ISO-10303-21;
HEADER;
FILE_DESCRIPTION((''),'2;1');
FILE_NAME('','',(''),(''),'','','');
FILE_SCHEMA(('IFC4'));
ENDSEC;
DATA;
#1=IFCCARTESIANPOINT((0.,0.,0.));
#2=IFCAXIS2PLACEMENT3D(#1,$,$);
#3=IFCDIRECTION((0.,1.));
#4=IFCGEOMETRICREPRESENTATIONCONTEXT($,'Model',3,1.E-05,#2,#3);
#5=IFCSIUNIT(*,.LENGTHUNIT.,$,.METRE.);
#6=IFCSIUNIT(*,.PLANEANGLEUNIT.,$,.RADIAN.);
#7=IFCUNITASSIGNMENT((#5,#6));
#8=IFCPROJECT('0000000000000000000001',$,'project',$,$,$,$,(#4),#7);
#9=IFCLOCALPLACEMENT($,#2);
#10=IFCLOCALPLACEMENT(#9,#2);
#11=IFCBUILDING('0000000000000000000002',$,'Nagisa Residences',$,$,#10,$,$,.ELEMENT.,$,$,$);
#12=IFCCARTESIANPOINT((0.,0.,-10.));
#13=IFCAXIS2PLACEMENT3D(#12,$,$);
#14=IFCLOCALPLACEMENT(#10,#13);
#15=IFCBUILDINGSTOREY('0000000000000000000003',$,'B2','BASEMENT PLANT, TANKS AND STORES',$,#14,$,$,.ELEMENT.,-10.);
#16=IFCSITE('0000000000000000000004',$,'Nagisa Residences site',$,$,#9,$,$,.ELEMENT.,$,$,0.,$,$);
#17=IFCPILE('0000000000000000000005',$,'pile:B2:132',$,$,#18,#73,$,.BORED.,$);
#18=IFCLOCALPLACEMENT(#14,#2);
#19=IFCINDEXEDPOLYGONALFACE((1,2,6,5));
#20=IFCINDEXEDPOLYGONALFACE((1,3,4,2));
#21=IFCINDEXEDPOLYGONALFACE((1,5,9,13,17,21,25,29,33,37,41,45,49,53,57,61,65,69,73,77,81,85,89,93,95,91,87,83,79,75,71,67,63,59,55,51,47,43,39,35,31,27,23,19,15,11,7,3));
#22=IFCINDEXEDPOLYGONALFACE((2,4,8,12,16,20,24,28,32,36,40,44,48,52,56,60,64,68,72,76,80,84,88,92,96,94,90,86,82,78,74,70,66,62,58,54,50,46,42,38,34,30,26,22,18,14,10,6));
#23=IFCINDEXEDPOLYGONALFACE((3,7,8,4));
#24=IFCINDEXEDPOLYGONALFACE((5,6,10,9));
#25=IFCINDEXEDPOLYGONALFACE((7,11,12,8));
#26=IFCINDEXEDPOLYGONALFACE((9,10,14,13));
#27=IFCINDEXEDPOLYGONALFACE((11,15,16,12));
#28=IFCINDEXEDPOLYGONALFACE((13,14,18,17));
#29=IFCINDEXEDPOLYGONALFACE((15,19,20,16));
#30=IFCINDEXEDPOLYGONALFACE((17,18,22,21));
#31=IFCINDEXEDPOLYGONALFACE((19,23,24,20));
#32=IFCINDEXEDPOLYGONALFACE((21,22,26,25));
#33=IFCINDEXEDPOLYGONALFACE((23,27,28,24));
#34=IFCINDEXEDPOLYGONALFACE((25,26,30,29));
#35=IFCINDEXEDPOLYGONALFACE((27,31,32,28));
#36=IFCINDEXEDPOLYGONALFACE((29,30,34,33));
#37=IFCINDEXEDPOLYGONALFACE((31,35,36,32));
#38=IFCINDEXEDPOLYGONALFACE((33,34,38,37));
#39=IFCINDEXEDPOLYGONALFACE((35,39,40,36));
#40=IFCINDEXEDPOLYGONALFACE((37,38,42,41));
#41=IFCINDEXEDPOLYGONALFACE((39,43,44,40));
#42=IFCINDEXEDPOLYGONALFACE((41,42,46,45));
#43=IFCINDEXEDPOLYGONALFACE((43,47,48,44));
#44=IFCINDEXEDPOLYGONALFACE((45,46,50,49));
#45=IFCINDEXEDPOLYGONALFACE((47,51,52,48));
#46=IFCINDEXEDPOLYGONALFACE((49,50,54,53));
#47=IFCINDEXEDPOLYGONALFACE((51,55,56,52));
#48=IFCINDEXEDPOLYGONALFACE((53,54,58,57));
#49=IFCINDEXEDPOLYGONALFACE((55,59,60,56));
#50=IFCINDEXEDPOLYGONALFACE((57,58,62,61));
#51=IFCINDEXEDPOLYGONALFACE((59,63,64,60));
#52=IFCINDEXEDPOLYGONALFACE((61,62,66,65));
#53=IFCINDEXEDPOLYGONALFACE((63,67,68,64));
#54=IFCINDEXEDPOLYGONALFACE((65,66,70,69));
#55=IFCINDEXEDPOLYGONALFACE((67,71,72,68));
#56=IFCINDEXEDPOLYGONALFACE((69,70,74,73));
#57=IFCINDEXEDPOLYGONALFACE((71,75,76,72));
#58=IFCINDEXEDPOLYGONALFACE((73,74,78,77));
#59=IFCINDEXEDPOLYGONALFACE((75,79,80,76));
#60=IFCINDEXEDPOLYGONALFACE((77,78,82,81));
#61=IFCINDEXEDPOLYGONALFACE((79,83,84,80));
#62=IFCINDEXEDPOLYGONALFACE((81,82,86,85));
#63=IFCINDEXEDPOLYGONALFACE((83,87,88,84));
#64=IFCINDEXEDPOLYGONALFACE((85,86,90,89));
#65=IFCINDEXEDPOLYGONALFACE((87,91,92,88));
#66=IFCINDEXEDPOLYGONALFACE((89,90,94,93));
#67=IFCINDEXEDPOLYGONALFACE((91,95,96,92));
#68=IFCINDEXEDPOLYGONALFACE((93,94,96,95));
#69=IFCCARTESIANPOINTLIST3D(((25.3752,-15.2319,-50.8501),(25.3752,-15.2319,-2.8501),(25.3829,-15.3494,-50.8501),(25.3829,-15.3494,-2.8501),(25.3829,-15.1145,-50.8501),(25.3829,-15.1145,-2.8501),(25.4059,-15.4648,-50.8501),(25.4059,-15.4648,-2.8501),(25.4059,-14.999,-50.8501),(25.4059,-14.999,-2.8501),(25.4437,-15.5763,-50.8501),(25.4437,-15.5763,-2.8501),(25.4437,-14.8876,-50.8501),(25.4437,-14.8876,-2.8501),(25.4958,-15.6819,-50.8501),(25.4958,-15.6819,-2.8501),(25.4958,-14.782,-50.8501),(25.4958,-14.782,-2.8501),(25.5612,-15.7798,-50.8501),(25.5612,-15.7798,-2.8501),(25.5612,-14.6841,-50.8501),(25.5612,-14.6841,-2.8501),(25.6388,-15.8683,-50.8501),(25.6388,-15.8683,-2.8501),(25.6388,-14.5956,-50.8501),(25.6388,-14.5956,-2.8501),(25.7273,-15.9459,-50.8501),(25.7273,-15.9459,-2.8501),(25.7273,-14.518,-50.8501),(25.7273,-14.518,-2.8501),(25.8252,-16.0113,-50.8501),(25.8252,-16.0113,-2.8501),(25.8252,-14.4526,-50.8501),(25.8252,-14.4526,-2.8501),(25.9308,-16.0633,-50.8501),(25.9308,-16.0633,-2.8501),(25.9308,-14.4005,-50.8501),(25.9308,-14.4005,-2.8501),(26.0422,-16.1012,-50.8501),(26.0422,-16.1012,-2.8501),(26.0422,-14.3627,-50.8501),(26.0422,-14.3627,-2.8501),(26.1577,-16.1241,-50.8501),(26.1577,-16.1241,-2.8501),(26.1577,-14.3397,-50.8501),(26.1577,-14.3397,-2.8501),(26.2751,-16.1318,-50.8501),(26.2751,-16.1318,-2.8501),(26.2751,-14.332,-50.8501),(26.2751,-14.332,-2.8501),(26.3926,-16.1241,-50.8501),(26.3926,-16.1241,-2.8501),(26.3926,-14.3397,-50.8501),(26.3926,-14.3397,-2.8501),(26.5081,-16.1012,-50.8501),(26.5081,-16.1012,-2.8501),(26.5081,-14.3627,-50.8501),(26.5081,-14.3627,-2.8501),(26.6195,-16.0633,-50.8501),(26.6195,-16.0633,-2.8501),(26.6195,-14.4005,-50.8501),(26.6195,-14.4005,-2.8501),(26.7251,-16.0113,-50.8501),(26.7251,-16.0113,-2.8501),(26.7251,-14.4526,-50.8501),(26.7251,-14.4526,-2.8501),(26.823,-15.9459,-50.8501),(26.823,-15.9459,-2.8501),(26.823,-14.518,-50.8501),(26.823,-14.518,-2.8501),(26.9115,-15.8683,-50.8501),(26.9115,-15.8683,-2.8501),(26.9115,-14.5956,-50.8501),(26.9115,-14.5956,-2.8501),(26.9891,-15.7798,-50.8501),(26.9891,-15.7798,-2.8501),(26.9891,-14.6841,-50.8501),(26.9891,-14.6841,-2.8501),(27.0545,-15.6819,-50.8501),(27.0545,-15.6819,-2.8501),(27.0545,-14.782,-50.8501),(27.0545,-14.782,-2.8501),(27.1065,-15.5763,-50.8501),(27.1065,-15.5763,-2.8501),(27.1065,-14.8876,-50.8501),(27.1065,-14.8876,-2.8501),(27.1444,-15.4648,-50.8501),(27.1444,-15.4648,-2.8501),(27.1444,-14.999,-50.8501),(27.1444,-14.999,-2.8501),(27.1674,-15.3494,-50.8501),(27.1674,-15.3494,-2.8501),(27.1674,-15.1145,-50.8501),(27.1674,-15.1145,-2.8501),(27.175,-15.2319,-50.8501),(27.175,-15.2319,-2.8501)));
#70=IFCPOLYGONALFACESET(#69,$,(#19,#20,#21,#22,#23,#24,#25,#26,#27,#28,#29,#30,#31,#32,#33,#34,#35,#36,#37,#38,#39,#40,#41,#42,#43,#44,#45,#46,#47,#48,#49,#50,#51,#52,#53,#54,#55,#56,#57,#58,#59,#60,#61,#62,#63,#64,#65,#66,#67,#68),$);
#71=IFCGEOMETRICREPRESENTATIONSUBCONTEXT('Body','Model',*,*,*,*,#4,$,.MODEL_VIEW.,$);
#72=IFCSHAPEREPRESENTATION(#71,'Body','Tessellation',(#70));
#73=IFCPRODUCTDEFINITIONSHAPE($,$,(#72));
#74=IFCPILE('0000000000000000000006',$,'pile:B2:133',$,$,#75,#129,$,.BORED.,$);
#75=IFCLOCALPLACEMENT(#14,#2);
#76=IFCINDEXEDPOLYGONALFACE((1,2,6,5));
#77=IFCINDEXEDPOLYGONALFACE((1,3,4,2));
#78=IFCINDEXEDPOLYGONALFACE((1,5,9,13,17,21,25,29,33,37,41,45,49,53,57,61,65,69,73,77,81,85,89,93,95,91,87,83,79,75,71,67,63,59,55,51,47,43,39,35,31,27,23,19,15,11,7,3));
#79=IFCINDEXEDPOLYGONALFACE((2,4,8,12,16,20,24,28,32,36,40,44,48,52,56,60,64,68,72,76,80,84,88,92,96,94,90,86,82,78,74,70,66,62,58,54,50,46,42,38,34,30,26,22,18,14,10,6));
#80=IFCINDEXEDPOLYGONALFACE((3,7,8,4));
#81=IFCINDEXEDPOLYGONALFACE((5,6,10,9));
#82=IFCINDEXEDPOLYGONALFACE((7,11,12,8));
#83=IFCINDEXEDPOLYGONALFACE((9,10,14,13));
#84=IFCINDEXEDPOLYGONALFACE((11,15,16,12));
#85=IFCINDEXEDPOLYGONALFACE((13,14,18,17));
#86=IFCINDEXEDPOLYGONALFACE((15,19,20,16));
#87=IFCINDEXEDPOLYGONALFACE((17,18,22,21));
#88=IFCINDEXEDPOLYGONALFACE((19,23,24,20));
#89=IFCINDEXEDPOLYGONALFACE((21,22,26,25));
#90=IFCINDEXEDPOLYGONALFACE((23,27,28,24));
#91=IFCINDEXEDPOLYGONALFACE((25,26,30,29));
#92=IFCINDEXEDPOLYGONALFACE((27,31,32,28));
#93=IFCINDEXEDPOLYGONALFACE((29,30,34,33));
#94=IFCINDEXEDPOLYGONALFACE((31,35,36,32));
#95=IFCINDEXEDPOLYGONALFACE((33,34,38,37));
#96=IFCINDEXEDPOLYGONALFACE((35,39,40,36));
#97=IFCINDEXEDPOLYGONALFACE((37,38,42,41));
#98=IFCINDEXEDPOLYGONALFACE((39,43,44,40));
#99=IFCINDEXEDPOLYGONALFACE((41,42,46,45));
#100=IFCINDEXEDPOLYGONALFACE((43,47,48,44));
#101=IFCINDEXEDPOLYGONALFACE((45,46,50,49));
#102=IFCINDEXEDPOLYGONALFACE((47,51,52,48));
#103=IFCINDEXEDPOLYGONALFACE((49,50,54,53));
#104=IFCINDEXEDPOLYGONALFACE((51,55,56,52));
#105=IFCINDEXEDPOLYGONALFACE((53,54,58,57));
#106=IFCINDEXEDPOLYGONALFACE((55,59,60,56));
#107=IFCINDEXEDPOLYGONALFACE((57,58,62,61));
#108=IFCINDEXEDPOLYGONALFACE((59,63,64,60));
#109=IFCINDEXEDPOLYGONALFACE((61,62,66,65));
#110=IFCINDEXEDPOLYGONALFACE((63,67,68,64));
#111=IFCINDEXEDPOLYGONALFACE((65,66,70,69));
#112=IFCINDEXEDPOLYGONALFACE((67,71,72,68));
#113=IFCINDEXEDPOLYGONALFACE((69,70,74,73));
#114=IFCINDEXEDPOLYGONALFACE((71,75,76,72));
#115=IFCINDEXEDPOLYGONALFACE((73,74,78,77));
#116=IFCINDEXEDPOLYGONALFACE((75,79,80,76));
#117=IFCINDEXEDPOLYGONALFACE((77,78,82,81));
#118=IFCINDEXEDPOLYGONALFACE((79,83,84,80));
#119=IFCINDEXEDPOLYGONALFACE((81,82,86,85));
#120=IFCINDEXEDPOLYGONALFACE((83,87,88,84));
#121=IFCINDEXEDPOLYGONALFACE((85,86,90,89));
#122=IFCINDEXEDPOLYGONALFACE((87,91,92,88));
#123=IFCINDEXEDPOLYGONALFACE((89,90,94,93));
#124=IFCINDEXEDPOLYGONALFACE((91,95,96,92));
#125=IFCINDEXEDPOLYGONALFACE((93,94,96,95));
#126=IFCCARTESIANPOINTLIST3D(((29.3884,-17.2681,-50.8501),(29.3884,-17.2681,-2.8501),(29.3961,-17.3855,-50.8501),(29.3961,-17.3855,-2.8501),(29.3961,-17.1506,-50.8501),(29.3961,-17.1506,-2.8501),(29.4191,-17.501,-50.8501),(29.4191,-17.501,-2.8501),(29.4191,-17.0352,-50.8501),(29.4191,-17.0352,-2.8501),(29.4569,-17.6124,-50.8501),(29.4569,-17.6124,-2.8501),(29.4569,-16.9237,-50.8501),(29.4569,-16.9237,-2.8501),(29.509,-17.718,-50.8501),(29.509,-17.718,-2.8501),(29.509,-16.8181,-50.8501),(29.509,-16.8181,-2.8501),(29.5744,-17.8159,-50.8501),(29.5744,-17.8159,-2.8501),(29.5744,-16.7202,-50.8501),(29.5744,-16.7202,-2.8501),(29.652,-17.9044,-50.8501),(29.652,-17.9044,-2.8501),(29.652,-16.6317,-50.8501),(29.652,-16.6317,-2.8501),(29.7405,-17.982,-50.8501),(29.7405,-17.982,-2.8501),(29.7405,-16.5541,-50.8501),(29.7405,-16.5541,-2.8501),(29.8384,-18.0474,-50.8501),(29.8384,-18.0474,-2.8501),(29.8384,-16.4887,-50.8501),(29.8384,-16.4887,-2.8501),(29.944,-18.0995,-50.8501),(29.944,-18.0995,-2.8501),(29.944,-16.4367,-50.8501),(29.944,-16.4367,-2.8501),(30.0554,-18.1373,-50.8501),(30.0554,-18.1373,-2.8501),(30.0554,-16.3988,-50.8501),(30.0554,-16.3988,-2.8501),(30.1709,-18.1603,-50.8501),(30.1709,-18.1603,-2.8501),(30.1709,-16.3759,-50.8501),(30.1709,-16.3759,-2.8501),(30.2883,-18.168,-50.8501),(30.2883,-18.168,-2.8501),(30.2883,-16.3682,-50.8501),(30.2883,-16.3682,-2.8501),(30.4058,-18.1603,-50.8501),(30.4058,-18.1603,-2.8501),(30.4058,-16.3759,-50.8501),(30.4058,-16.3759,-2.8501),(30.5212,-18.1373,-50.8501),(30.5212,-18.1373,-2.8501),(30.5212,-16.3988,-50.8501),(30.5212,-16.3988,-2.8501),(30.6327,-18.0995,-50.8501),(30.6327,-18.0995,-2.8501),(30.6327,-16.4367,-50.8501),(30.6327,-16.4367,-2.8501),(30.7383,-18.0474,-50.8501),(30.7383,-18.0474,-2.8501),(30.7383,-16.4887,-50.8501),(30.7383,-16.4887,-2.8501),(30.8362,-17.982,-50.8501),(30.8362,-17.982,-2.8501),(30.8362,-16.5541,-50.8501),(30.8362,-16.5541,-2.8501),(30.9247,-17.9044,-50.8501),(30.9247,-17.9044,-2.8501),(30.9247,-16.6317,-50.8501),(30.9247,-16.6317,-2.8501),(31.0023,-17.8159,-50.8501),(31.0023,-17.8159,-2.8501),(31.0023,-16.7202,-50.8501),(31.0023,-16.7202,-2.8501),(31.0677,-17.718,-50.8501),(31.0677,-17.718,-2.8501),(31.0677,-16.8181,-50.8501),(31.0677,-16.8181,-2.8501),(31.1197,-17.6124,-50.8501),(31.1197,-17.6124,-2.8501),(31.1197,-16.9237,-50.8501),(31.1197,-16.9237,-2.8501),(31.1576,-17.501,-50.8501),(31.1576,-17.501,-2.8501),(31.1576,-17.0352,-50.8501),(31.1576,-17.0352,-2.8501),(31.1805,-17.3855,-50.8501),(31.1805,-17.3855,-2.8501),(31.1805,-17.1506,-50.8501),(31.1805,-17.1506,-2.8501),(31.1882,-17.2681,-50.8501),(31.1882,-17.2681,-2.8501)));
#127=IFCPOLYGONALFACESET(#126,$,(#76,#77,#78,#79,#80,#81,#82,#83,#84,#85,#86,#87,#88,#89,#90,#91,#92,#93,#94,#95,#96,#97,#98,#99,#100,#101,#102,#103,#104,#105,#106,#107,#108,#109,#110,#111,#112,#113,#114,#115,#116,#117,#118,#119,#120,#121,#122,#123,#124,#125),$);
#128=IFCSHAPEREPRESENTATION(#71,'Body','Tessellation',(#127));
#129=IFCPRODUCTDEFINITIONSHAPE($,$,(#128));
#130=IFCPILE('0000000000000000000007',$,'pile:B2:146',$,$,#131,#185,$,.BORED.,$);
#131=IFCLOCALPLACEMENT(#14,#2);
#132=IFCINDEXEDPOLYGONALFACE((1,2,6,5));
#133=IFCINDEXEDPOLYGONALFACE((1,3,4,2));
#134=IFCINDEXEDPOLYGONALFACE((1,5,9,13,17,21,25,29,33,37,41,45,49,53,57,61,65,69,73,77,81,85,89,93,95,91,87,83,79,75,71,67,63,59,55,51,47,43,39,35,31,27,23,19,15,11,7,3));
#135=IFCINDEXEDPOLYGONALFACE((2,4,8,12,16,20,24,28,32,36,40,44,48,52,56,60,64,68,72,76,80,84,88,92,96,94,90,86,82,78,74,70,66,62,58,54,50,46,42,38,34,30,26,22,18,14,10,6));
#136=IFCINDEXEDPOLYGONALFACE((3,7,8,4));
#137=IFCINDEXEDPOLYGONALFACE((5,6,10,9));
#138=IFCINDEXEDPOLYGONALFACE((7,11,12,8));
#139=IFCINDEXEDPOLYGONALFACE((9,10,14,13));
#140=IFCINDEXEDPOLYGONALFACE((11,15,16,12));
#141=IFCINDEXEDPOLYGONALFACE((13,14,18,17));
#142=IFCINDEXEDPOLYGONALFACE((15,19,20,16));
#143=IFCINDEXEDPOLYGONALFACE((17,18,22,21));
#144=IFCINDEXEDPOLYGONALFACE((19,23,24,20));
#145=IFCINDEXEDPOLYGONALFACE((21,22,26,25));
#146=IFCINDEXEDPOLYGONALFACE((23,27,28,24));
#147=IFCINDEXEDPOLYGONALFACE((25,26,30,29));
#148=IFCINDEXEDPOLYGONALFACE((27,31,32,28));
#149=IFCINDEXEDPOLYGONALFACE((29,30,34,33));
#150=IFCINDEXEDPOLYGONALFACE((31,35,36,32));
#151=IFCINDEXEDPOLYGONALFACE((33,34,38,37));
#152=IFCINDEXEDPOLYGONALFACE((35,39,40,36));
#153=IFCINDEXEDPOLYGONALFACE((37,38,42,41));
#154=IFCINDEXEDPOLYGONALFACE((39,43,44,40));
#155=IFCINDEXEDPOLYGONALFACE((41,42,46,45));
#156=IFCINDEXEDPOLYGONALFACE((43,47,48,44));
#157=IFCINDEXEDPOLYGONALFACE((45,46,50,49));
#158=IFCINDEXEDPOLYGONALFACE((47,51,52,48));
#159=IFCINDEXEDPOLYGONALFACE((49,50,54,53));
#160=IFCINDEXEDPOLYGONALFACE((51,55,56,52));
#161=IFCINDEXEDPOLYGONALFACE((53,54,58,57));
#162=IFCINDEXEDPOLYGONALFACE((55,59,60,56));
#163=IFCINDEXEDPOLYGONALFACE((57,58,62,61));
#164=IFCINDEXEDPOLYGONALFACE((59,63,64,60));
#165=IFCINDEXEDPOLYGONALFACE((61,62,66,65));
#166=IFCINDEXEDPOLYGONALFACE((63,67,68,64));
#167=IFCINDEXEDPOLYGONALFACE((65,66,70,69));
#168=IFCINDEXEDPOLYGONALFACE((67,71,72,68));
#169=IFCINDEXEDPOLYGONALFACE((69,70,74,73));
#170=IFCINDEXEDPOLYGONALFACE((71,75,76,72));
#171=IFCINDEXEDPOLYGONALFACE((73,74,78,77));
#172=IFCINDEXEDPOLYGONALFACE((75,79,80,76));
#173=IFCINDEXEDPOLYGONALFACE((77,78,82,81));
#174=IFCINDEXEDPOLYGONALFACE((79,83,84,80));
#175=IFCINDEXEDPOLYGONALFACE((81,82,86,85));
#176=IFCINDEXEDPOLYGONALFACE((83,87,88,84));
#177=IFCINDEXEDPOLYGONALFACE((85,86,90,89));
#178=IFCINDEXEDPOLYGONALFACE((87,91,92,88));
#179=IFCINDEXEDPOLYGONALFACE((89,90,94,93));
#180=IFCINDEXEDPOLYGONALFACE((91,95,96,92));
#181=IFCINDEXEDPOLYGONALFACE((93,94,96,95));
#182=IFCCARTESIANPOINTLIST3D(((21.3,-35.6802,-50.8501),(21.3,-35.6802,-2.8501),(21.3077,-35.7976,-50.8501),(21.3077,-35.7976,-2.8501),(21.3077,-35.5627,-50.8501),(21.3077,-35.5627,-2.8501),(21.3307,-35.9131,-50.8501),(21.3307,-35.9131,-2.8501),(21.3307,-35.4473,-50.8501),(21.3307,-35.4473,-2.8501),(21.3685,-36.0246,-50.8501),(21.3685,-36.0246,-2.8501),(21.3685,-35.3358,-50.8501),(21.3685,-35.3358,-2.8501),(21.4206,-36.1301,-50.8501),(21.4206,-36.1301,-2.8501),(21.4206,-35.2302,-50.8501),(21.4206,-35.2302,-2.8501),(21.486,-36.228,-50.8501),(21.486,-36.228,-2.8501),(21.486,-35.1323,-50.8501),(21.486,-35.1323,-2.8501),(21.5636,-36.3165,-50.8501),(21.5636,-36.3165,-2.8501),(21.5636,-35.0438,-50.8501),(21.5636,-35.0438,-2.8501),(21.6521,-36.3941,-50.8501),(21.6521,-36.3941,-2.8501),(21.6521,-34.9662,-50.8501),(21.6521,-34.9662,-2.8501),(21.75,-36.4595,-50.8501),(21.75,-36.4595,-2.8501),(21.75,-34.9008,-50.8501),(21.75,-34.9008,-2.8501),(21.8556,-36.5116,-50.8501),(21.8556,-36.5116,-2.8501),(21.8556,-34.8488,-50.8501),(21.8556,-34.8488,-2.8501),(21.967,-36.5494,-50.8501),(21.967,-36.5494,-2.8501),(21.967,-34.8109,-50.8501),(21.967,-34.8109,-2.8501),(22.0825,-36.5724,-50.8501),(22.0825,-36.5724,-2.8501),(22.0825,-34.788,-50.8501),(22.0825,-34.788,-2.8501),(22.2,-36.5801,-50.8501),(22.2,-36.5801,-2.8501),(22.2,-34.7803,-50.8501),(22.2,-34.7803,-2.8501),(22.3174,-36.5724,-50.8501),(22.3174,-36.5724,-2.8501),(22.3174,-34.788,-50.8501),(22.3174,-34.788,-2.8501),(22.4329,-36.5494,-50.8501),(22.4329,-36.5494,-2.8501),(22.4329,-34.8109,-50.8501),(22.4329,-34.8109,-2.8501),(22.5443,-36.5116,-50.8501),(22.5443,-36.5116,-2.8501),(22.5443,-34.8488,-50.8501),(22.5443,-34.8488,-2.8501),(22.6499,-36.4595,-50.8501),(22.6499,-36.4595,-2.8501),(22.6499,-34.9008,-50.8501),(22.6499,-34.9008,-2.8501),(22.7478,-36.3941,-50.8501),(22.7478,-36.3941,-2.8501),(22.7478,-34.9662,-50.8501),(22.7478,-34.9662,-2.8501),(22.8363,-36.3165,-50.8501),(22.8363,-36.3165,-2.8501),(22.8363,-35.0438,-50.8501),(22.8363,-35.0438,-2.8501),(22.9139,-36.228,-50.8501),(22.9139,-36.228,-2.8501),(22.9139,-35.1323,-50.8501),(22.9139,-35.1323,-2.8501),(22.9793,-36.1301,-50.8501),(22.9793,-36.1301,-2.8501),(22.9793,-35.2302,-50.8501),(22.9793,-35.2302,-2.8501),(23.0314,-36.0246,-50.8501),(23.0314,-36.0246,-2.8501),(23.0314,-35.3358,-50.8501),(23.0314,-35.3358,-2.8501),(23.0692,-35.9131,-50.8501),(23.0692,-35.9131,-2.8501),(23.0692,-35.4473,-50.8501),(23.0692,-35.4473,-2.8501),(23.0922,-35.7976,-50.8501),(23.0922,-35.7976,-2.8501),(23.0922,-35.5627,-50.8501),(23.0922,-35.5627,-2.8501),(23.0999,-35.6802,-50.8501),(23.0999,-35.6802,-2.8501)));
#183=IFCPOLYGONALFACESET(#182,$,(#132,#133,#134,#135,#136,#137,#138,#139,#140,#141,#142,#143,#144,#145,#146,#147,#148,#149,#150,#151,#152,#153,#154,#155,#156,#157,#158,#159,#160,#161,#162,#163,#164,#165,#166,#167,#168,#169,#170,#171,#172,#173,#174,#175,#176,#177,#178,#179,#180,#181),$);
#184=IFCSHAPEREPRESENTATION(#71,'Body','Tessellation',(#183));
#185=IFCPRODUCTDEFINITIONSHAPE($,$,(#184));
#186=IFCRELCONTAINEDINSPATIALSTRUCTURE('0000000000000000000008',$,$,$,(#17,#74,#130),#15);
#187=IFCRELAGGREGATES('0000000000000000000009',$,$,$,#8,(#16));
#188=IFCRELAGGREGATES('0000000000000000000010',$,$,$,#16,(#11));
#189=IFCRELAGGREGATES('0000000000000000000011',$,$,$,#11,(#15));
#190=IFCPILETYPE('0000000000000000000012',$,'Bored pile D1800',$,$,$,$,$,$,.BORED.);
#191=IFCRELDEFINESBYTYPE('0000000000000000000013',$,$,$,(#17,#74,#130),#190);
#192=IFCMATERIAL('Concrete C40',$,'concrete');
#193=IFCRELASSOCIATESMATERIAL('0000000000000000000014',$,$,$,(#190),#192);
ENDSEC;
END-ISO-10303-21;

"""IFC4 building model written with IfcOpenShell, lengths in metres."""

from ifc_helpers import new_model, si_unit, direction, frame, origin, origin_2d, place, context, subcontext, project, spatial, circle, extrude, material, material_profile, profile_set, type_object, element, save


model = new_model("IFC4")

# Units and contexts
model_context = context("Model", 3, precision=1e-05, world=origin(), true_north=direction((0.0, 1.0)))
body_context = subcontext(model_context, "Body", "Model", "MODEL_VIEW")
ifc_project = project(units=[si_unit("LENGTHUNIT", "METRE"), si_unit("PLANEANGLEUNIT", "RADIAN")], contexts=[model_context])

# Site, building, storey
site_placement = place(None, origin())
site = spatial("IfcSite", under=ifc_project, at=site_placement, Name="Nagisa Residences site", CompositionType="ELEMENT", RefElevation=0.0)
building_placement = place(site_placement, origin())
building = spatial("IfcBuilding", under=site, at=building_placement, Name="Nagisa Residences", CompositionType="ELEMENT")
storey_placement = place(building_placement, frame((0.0, 0.0, -10.0)))
storey = spatial("IfcBuildingStorey", under=building, at=storey_placement, Name="B2", Description="BASEMENT PLANT, TANKS AND STORES", CompositionType="ELEMENT", Elevation=-10.0)

# Piles
ifc_material_1 = material(Name="Concrete C40", Category="concrete")
ifc_material_profile_1 = material_profile(ifc_material_1, circle(Radius=0.8999, at=origin_2d()), Name="Bored pile D1800")
ifc_profile_set_1 = profile_set([ifc_material_profile_1], Name="Concrete C40")
pile_type = type_object("IfcPileType", Name="Bored pile D1800", PredefinedType="BORED", material=ifc_profile_set_1)
for number, where, z_axis, x_axis, name in (
    (1, (26.2751, -15.2319, -2.8501), (0.0, 0.0, -1.0), (1.0, 0.0, 0.0), "pile:B2:132"),
    (2, (30.2883, -17.2681, -2.8501), (0.0, 0.0, -1.0), (1.0, 0.0, 0.0), "pile:B2:133"),
    (3, (22.2, -35.6802, -2.8501), (0.0, 0.0, -1.0), (1.0, 0.0, 0.0), "pile:B2:146"),
):
    element("IfcPile", number, at=place(storey_placement, frame(where, z_axis=z_axis, x_axis=x_axis)), inside=storey, type_object=pile_type, Name=name, PredefinedType="BORED", context=body_context, shape_type="SweptSolid", body=[
        extrude(circle(Radius=0.8999, at=origin_2d()), origin(), (0.0, 0.0, 1.0), 48.0),
    ])

save(model, "model.ifc")
